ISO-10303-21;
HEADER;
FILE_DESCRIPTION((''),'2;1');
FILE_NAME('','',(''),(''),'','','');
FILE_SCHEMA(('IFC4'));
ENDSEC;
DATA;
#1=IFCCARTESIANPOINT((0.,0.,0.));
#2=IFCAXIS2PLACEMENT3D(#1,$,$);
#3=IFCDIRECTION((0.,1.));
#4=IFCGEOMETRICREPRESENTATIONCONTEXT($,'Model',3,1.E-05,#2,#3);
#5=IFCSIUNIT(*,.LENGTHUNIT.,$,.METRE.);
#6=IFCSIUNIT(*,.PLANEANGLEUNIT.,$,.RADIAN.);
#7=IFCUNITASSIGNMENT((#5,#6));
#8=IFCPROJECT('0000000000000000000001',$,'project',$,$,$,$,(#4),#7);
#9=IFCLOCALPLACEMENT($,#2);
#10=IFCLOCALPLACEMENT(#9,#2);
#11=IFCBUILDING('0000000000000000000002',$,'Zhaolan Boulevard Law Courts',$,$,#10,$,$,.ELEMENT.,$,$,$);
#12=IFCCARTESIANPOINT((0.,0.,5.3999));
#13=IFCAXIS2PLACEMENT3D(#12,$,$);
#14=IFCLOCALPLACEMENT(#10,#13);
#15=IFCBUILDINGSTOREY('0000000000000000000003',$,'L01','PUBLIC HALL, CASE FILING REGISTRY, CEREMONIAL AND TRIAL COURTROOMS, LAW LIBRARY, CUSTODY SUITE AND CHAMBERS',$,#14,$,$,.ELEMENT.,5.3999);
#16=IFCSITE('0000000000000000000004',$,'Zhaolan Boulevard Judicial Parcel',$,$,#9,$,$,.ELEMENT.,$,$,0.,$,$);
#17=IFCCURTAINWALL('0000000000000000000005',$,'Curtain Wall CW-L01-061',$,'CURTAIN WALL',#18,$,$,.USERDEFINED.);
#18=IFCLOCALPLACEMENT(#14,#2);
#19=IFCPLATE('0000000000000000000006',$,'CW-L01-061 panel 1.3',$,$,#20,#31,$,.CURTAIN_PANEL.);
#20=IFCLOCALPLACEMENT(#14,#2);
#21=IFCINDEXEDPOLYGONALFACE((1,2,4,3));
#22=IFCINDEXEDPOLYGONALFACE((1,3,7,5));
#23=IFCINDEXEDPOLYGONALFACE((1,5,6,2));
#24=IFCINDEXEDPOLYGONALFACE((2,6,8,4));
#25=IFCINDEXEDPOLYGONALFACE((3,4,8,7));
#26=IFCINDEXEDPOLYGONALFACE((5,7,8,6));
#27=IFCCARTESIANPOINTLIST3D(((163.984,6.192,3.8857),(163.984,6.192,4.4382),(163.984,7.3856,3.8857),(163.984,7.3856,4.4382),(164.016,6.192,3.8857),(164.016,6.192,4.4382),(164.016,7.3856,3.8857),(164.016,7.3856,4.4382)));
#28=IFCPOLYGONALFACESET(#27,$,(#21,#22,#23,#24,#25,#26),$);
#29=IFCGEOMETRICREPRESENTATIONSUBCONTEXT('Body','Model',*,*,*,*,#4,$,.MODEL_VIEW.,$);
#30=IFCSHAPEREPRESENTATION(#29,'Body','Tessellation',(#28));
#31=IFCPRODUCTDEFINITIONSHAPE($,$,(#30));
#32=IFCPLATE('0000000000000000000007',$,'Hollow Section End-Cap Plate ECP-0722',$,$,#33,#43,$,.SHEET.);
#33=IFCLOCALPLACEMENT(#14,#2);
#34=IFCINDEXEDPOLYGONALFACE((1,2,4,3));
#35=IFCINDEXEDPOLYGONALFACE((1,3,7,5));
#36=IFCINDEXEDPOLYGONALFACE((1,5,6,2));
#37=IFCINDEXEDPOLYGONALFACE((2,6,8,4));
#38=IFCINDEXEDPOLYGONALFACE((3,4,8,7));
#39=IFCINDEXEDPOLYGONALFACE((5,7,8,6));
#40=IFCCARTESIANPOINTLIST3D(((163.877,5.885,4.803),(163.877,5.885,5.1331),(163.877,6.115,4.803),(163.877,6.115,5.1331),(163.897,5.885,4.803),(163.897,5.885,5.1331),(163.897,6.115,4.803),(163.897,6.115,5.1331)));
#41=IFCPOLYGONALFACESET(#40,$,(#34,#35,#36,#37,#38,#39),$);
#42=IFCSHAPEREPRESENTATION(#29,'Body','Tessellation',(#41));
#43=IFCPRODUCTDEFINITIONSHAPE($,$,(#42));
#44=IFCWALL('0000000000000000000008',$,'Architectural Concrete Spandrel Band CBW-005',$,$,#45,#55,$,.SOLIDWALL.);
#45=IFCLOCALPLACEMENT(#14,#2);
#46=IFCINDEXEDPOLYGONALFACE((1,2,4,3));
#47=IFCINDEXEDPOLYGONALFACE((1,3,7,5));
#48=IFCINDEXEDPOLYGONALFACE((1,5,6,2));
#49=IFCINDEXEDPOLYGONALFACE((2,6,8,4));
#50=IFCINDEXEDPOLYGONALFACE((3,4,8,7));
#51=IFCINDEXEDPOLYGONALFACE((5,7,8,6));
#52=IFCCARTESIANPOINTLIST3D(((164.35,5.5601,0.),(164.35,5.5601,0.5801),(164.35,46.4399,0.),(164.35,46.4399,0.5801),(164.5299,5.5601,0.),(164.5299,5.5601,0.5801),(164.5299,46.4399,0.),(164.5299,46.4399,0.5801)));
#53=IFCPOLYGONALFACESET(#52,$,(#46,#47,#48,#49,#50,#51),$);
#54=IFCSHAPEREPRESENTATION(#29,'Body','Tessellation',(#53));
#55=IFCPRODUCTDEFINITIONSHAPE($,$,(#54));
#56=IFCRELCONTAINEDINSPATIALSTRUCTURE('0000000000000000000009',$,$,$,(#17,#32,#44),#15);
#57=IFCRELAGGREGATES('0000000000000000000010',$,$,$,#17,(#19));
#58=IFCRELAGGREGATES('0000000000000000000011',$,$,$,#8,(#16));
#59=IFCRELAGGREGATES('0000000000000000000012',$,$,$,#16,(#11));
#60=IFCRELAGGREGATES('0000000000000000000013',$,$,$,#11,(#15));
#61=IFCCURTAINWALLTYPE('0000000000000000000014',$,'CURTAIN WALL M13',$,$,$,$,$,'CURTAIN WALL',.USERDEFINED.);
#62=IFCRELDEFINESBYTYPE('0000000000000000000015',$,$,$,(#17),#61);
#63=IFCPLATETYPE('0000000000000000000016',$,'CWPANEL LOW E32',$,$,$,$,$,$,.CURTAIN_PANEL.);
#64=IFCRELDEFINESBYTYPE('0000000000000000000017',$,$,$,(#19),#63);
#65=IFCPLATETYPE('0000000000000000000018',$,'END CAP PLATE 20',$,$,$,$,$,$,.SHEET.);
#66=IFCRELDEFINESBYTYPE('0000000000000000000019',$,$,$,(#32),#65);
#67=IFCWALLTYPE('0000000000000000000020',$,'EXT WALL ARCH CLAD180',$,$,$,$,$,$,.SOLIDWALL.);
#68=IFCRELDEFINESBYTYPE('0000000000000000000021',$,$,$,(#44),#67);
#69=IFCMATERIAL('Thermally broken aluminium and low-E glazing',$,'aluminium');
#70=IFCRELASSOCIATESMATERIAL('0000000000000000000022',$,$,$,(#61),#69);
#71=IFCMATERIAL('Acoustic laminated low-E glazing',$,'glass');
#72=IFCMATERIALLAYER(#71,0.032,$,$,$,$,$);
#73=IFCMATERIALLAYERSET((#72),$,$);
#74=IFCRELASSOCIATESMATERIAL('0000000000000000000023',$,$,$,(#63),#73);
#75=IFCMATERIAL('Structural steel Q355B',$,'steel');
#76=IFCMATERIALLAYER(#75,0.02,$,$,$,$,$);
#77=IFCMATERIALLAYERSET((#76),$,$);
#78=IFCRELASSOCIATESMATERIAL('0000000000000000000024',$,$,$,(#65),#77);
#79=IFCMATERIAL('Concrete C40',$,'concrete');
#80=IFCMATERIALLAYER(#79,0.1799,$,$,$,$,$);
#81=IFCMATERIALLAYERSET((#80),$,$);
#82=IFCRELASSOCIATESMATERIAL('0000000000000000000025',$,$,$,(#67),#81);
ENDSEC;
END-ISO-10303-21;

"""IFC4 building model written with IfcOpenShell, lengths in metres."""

from ifc_helpers import new_model, si_unit, direction, frame, frame_2d, origin, origin_2d, place, context, subcontext, project, spatial, rectangle, extrude, material, layer, layer_set, type_object, element, aggregate, save


model = new_model("IFC4")

# Units and contexts
model_context = context("Model", 3, precision=1e-05, world=origin(), true_north=direction((0.0, 1.0)))
body_context = subcontext(model_context, "Body", "Model", "MODEL_VIEW")
ifc_project = project(units=[si_unit("LENGTHUNIT", "METRE"), si_unit("PLANEANGLEUNIT", "RADIAN")], contexts=[model_context])

# Site, building, storey
site_placement = place(None, origin())
site = spatial("IfcSite", under=ifc_project, at=site_placement, Name="Zhaolan Boulevard Judicial Parcel", CompositionType="ELEMENT", RefElevation=0.0)
building_placement = place(site_placement, origin())
building = spatial("IfcBuilding", under=site, at=building_placement, Name="Zhaolan Boulevard Law Courts", CompositionType="ELEMENT")
storey_placement = place(building_placement, frame((0.0, 0.0, 5.3999)))
storey = spatial("IfcBuildingStorey", under=building, at=storey_placement, Name="L01", Description="PUBLIC HALL, CASE FILING REGISTRY, CEREMONIAL AND TRIAL COURTROOMS, LAW LIBRARY, CUSTODY SUITE AND CHAMBERS", CompositionType="ELEMENT", Elevation=5.3999)

# Curtain wall
ifc_material_1 = material(Name="Thermally broken aluminium and low-E glazing", Category="aluminium")
curtain_wall_type_1 = type_object("IfcCurtainWallType", Name="CURTAIN WALL M13", ElementType="CURTAIN WALL", PredefinedType="USERDEFINED", material=ifc_material_1)
curtain_wall_1_placement = place(storey_placement, origin())
curtain_wall_1 = element("IfcCurtainWall", 1, at=curtain_wall_1_placement, inside=storey, type_object=curtain_wall_type_1, Name="Curtain Wall CW-L01-061", ObjectType="CURTAIN WALL", PredefinedType="USERDEFINED")

# Plates
ifc_material_2 = material(Name="Acoustic laminated low-E glazing", Category="glass")
ifc_layer_1 = layer(ifc_material_2, 0.032)
ifc_layer_set_1 = layer_set([ifc_layer_1])
plate_type_1 = type_object("IfcPlateType", Name="CWPANEL LOW E32", PredefinedType="CURTAIN_PANEL", material=ifc_layer_set_1)
plate_1_placement = place(storey_placement, frame((164.0, 6.7888, 3.8857), z_axis=(0.0, 0.0, 1.0), x_axis=(0.0, 1.0, 0.0)))
plate_1 = element("IfcPlate", 2, at=plate_1_placement, type_object=plate_type_1, Name="CW-L01-061 panel 1.3", PredefinedType="CURTAIN_PANEL", context=body_context, shape_type="SweptSolid", body=[
    extrude(rectangle(XDim=1.1936, YDim=0.032, at=origin_2d()), origin(), (0.0, 0.0, 1.0), 0.5525),
])
aggregate(curtain_wall_1, [plate_1])
ifc_material_3 = material(Name="Structural steel Q355B", Category="steel")
ifc_layer_2 = layer(ifc_material_3, 0.02)
ifc_layer_set_2 = layer_set([ifc_layer_2])
plate_type_2 = type_object("IfcPlateType", Name="END CAP PLATE 20", PredefinedType="SHEET", material=ifc_layer_set_2)
plate_2_placement = place(storey_placement, frame((163.887, 6.0, 4.803), z_axis=(0.0, 0.0, 1.0), x_axis=(1.0, 0.0, 0.0)))
element("IfcPlate", 3, at=plate_2_placement, inside=storey, type_object=plate_type_2, Name="Hollow Section End-Cap Plate ECP-0722", PredefinedType="SHEET", context=body_context, shape_type="SweptSolid", body=[
    extrude(rectangle(XDim=0.02, YDim=0.23, at=origin_2d()), origin(), (0.0, 0.0, 1.0), 0.3301),
])

# Wall
ifc_material_4 = material(Name="Concrete C40", Category="concrete")
ifc_layer_3 = layer(ifc_material_4, 0.1799)
ifc_layer_set_3 = layer_set([ifc_layer_3])
wall_type = type_object("IfcWallType", Name="EXT WALL ARCH CLAD180", PredefinedType="SOLIDWALL", material=ifc_layer_set_3)
wall_placement = place(storey_placement, frame((164.4399, 5.5601, 0.0), z_axis=(0.0, 0.0, 1.0), x_axis=(0.0, 1.0, 0.0)))
element("IfcWall", 4, at=wall_placement, inside=storey, type_object=wall_type, Name="Architectural Concrete Spandrel Band CBW-005", PredefinedType="SOLIDWALL", context=body_context, shape_type="SweptSolid", body=[
    extrude(rectangle(XDim=40.8799, YDim=0.1799, at=frame_2d((20.4399, 0.0))), origin(), (0.0, 0.0, 1.0), 0.5801),
])

save(model, "model.ifc")
